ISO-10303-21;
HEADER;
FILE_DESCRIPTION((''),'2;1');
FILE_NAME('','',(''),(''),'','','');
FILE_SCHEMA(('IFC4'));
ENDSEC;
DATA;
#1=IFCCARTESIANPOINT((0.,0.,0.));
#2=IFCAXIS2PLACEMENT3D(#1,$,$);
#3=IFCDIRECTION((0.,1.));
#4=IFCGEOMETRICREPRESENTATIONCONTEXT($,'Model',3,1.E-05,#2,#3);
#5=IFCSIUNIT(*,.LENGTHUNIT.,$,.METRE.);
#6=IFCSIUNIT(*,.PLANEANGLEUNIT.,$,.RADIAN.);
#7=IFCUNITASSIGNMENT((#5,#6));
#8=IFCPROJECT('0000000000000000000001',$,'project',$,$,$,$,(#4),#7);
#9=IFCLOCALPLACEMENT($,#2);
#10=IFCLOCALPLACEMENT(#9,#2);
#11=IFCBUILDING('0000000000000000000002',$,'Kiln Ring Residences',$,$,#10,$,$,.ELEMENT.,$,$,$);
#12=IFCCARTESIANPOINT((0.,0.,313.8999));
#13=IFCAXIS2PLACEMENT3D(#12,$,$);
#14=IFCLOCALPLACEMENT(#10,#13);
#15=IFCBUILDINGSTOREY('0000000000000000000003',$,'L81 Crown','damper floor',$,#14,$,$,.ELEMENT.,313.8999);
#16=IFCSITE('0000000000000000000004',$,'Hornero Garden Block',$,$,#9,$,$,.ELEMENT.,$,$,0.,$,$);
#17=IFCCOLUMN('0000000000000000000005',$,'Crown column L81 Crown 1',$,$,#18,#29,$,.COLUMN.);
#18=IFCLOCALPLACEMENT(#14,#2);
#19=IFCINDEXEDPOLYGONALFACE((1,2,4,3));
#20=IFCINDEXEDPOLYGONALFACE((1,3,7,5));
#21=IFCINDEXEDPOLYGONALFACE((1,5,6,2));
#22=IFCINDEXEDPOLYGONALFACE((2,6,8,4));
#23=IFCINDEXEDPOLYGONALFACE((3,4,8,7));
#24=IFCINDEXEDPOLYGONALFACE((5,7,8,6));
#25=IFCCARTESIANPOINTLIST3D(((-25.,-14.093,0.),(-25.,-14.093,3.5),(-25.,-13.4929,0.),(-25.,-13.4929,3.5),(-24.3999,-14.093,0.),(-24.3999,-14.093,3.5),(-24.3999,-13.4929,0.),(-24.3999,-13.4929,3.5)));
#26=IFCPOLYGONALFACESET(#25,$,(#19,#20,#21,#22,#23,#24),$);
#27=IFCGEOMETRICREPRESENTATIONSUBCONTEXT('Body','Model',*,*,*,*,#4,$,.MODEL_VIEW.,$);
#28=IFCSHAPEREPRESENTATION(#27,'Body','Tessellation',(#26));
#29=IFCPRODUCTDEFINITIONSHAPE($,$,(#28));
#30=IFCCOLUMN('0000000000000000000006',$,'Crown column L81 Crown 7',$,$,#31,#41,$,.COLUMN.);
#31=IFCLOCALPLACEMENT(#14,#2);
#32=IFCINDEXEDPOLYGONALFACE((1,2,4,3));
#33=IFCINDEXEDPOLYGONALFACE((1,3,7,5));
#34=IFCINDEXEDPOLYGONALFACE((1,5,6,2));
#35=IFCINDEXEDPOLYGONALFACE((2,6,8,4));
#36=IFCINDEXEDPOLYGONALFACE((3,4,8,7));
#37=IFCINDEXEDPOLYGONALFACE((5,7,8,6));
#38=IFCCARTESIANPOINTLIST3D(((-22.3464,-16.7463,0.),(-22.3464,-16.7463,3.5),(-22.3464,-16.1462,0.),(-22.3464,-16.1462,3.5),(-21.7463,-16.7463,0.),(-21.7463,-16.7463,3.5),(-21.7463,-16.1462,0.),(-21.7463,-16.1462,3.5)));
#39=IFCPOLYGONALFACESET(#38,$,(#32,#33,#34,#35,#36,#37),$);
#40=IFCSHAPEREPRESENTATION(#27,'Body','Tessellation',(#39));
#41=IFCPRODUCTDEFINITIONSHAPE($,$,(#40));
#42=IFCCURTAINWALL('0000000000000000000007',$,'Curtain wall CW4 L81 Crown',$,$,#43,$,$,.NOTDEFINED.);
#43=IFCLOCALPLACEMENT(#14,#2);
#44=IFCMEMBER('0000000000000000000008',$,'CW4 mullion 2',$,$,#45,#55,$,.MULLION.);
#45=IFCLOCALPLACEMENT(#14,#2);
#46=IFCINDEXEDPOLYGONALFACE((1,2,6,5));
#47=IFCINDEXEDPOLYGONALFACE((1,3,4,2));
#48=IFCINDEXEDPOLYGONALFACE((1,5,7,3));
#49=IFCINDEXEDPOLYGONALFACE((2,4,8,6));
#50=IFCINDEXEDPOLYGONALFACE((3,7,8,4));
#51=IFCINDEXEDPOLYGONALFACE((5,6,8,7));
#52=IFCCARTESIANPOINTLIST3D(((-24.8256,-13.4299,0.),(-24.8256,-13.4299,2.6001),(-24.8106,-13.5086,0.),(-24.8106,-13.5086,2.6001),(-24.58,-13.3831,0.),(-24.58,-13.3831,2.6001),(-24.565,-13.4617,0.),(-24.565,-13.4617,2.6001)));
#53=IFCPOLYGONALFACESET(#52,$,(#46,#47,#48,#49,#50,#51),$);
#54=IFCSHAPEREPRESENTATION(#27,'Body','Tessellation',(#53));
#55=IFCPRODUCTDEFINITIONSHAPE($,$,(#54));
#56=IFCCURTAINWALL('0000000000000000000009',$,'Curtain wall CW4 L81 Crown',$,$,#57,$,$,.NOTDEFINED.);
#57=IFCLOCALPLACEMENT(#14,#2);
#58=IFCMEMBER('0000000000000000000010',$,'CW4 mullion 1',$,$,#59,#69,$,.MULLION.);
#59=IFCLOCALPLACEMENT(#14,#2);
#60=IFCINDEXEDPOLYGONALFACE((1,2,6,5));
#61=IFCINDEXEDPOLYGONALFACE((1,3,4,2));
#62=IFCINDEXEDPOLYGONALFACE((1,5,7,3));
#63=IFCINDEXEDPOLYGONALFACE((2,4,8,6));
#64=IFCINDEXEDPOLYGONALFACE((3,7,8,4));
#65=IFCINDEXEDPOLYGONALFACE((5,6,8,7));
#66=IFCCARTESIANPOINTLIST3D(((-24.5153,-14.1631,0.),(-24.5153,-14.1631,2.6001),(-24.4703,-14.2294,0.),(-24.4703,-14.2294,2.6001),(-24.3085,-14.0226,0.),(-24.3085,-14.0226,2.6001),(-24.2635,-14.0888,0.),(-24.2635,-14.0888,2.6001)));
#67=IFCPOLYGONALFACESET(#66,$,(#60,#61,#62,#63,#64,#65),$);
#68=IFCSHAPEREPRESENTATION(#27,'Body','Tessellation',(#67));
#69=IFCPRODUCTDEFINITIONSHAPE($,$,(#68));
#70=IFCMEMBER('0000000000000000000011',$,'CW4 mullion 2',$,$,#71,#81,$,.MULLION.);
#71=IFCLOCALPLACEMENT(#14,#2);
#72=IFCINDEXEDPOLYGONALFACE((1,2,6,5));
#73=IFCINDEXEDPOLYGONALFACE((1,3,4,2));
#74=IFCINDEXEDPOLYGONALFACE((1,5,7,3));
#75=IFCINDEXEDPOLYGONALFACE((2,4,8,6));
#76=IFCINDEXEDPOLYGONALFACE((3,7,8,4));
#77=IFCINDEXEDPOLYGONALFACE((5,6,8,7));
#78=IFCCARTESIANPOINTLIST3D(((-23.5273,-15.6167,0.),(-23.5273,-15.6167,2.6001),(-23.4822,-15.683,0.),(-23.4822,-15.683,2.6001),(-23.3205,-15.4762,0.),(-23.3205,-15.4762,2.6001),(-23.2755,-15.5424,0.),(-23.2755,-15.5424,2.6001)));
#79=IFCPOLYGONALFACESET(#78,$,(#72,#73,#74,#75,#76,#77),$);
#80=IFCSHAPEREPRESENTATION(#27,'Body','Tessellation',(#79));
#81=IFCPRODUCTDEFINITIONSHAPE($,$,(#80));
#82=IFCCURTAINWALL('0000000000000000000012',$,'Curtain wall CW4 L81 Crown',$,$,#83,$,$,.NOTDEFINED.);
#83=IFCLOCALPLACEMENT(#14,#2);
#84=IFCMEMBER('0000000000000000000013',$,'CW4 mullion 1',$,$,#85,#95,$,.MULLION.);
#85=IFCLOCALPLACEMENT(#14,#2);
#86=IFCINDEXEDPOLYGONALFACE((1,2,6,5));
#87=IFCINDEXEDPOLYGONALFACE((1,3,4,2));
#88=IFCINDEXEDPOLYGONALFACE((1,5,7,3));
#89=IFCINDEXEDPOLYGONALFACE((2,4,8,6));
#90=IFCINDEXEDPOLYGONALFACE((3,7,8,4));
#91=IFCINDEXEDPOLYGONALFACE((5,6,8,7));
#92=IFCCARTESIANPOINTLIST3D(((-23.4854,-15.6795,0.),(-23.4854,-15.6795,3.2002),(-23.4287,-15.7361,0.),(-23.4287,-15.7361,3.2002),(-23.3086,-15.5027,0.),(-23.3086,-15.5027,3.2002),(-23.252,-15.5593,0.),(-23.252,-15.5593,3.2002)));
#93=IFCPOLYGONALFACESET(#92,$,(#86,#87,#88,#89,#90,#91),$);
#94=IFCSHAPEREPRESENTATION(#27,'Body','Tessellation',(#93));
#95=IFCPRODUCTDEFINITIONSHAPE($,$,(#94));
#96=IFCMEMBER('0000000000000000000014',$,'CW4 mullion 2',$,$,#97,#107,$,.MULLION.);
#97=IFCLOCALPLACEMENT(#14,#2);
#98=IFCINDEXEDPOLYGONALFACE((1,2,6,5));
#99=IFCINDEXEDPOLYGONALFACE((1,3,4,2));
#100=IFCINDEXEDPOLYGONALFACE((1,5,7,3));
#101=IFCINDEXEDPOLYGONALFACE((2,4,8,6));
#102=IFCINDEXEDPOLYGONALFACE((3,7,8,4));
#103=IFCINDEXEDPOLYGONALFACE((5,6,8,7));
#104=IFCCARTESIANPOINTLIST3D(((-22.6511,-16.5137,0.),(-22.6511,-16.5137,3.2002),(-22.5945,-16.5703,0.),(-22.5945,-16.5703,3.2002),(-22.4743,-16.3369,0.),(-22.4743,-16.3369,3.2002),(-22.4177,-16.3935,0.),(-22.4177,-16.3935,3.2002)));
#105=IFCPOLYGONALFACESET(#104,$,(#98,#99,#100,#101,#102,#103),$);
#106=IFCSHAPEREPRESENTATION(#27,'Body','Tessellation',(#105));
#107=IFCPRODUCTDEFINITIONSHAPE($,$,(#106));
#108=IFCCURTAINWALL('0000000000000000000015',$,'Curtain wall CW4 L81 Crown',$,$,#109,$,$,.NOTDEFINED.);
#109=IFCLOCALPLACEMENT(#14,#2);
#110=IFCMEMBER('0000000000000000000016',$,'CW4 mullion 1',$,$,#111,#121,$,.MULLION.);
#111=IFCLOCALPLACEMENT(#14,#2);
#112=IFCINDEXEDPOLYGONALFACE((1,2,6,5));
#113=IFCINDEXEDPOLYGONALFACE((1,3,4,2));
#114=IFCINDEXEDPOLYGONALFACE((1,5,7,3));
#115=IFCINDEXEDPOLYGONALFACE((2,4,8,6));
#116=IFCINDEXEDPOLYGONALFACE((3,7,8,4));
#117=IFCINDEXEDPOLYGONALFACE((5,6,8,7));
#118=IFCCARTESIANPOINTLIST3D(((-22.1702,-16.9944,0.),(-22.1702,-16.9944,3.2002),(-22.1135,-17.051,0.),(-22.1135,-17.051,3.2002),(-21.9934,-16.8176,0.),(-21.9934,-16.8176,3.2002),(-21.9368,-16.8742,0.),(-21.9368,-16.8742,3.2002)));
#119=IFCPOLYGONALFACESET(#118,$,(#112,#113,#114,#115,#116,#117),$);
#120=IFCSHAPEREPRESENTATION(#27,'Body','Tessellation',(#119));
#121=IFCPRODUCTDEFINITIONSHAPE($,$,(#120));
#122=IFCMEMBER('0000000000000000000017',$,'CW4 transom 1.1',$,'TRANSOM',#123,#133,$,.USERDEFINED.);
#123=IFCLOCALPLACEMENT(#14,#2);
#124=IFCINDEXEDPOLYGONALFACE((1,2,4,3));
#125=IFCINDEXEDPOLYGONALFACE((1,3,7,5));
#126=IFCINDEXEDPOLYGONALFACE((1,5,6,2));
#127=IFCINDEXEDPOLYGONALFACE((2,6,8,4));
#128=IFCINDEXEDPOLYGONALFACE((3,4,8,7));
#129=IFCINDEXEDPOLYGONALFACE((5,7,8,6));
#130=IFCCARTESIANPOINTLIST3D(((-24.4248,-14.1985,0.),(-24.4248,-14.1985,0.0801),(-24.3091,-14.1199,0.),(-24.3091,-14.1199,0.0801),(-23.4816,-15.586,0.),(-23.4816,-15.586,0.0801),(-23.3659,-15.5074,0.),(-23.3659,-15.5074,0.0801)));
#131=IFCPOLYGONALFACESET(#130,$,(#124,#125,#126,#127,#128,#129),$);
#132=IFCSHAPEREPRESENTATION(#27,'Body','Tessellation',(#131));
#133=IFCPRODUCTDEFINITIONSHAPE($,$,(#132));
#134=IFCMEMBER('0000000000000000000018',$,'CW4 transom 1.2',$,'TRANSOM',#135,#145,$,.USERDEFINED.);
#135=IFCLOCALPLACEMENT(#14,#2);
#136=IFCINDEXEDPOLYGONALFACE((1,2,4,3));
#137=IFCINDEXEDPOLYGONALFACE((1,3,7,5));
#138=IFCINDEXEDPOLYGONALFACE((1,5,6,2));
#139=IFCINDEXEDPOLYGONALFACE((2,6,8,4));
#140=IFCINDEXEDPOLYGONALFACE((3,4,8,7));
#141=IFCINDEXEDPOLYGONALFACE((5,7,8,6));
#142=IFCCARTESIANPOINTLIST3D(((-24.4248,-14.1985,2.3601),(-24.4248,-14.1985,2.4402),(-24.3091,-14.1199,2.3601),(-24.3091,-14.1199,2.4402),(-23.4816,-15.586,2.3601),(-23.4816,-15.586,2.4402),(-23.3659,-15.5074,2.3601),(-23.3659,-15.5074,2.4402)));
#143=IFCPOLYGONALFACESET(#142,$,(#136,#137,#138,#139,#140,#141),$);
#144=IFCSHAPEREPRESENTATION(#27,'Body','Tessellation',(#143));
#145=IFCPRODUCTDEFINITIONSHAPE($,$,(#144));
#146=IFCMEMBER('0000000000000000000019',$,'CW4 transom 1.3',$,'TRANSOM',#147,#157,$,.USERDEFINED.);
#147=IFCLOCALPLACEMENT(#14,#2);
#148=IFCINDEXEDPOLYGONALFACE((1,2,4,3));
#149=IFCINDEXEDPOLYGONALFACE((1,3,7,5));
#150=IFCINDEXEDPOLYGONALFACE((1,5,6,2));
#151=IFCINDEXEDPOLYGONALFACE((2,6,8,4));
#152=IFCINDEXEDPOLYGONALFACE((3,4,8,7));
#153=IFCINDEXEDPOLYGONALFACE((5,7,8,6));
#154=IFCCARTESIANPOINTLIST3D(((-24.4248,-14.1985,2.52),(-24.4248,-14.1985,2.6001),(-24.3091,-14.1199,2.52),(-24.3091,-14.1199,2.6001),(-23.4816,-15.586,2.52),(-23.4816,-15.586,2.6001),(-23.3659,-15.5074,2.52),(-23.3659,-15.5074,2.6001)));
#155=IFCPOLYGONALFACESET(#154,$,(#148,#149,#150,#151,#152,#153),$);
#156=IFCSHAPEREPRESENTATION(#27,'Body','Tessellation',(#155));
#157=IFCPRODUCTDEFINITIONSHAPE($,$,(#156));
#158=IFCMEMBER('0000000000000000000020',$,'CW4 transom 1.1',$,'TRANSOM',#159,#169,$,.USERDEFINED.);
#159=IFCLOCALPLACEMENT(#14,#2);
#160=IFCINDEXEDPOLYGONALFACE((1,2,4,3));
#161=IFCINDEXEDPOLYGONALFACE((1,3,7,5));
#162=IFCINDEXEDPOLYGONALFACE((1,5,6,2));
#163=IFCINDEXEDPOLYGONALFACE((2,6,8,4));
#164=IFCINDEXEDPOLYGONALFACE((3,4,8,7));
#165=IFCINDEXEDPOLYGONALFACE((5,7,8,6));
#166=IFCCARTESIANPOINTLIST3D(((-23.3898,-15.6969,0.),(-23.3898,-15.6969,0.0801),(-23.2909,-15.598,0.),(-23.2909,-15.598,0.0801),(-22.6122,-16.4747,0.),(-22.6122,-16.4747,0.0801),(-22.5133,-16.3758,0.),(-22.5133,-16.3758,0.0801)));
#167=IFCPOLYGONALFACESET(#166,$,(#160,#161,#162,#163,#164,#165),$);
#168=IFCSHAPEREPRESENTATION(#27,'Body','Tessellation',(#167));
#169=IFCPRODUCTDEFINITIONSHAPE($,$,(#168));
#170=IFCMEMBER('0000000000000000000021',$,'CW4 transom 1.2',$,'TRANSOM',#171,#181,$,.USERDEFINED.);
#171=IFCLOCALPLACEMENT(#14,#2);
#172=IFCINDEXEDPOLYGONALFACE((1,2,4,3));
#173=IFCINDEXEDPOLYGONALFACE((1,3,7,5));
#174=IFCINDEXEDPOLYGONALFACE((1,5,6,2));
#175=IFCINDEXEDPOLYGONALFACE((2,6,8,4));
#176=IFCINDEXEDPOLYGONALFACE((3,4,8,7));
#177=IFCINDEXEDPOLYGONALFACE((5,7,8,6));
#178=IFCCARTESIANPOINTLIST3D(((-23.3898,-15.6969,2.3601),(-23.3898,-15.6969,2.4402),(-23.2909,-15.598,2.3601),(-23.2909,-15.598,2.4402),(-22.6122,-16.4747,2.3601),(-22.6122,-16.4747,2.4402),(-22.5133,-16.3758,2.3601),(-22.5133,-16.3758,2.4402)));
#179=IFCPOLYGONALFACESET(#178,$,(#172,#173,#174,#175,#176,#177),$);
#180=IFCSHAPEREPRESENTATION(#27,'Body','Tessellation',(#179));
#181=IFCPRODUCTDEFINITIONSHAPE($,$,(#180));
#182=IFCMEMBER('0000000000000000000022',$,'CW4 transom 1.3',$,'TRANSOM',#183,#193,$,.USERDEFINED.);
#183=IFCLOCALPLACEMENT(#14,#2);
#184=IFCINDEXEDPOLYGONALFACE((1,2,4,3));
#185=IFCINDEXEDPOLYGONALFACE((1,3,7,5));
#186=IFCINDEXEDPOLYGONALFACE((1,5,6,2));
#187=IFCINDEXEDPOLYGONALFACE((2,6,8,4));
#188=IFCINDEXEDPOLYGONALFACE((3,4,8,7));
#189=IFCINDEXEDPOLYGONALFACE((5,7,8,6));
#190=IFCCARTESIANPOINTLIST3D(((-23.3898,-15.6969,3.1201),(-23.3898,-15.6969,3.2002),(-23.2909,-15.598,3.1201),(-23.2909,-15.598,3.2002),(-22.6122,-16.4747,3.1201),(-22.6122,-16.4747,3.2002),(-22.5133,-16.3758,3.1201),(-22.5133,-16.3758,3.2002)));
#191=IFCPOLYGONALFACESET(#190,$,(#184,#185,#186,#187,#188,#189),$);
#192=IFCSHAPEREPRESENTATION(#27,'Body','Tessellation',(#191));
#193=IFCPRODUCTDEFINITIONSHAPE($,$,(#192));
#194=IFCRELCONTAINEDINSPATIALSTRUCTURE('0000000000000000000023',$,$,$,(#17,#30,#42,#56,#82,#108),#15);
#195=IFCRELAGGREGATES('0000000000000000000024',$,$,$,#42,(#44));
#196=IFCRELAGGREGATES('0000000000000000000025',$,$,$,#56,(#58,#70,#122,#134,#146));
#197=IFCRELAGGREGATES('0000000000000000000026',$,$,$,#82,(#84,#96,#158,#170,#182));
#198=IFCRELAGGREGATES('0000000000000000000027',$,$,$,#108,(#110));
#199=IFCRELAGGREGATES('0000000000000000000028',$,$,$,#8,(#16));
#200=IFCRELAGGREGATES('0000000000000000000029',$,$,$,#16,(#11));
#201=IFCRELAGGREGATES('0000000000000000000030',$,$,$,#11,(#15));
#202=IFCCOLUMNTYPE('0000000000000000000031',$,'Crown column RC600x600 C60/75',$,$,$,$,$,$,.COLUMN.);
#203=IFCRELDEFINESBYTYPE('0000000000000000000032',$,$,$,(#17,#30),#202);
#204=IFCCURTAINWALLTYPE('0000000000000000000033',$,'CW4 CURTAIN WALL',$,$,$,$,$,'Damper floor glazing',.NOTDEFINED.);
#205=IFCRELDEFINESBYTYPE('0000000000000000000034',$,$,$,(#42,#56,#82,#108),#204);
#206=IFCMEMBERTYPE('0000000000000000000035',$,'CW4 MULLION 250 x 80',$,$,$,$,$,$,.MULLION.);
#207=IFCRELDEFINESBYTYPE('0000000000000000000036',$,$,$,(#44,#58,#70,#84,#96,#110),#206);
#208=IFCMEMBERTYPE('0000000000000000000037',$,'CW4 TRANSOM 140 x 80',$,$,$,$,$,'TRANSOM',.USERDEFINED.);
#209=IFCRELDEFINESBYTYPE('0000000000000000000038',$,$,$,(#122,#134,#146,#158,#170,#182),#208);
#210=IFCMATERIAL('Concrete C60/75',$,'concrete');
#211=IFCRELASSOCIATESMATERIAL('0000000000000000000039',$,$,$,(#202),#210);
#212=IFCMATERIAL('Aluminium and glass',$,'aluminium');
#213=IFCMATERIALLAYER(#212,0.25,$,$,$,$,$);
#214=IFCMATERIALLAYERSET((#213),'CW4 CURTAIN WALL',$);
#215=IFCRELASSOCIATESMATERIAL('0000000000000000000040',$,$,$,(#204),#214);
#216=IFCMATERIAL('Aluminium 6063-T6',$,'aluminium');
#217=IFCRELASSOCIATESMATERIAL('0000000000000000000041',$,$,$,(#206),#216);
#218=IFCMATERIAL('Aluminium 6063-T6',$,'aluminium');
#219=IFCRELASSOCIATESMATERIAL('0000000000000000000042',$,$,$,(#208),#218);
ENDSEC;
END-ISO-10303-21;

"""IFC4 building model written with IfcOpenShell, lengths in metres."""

from ifc_helpers import new_model, si_unit, direction, frame, origin, origin_2d, place, context, subcontext, project, spatial, rectangle, extrude, material, layer, layer_set, material_profile, profile_set, type_object, element, aggregate, save


model = new_model("IFC4")

# Units and contexts
model_context = context("Model", 3, precision=1e-05, world=origin(), true_north=direction((0.0, 1.0)))
body_context = subcontext(model_context, "Body", "Model", "MODEL_VIEW")
ifc_project = project(units=[si_unit("LENGTHUNIT", "METRE"), si_unit("PLANEANGLEUNIT", "RADIAN")], contexts=[model_context])

# Site, building, storey
site_placement = place(None, origin())
site = spatial("IfcSite", under=ifc_project, at=site_placement, Name="Hornero Garden Block", CompositionType="ELEMENT", RefElevation=0.0)
building_placement = place(site_placement, origin())
building = spatial("IfcBuilding", under=site, at=building_placement, Name="Kiln Ring Residences", CompositionType="ELEMENT")
storey_placement = place(building_placement, frame((0.0, 0.0, 313.8999)))
storey = spatial("IfcBuildingStorey", under=building, at=storey_placement, Name="L81 Crown", Description="damper floor", CompositionType="ELEMENT", Elevation=313.8999)

# Columns
ifc_material_1 = material(Name="Concrete C60/75", Category="concrete")
ifc_material_profile_1 = material_profile(ifc_material_1, rectangle(XDim=0.6001, YDim=0.6001, at=origin_2d()), Name="RC600x600")
ifc_profile_set_1 = profile_set([ifc_material_profile_1], Name="Concrete C60/75")
column_type = type_object("IfcColumnType", Name="Crown column RC600x600 C60/75", PredefinedType="COLUMN", material=ifc_profile_set_1)
for number, where, z_axis, x_axis, name in (
    (1, (-24.7, -13.793, 0.0), (0.0, 0.0, 1.0), (1.0, 0.0, 0.0), "Crown column L81 Crown 1"),
    (2, (-22.0464, -16.4463, 0.0), (0.0, 0.0, 1.0), (1.0, 0.0, 0.0), "Crown column L81 Crown 7"),
):
    element("IfcColumn", number, at=place(storey_placement, frame(where, z_axis=z_axis, x_axis=x_axis)), inside=storey, type_object=column_type, Name=name, PredefinedType="COLUMN", context=body_context, shape_type="SweptSolid", body=[
        extrude(rectangle(XDim=0.6001, YDim=0.6001, at=origin_2d()), origin(), (0.0, 0.0, 1.0), 3.5),
    ])

# Curtain wall, member
ifc_material_2 = material(Name="Aluminium and glass", Category="aluminium")
ifc_layer_1 = layer(ifc_material_2, 0.25)
ifc_layer_set_1 = layer_set([ifc_layer_1], Name="CW4 CURTAIN WALL")
curtain_wall_type = type_object("IfcCurtainWallType", Name="CW4 CURTAIN WALL", ElementType="Damper floor glazing", PredefinedType="NOTDEFINED", material=ifc_layer_set_1)
placement = place(storey_placement, origin())
curtain_wall_1 = element("IfcCurtainWall", 3, at=placement, inside=storey, type_object=curtain_wall_type, Name="Curtain wall CW4 L81 Crown", PredefinedType="NOTDEFINED")
ifc_material_3 = material(Name="Aluminium 6063-T6", Category="aluminium")
ifc_material_profile_2 = material_profile(ifc_material_3, rectangle(XDim=0.25, YDim=0.0801, at=origin_2d()), Name="AL 250x80")
ifc_profile_set_2 = profile_set([ifc_material_profile_2], Name="Aluminium 6063-T6")
member_type_1 = type_object("IfcMemberType", Name="CW4 MULLION 250 x 80", PredefinedType="MULLION", material=ifc_profile_set_2)
member_1_placement = place(storey_placement, frame((-24.6953, -13.4458, 0.0), z_axis=(0.0, 0.0, 1.0), x_axis=(0.98229, 0.187366, 0.0)))
member_1 = element("IfcMember", 4, at=member_1_placement, type_object=member_type_1, Name="CW4 mullion 2", PredefinedType="MULLION", context=body_context, shape_type="SweptSolid", body=[
    extrude(rectangle(XDim=0.25, YDim=0.0801, at=origin_2d()), origin(), (0.0, 0.0, 1.0), 2.6001),
])
aggregate(curtain_wall_1, [member_1])

# Curtain walls, members
curtain_wall_2 = element("IfcCurtainWall", 5, at=placement, inside=storey, type_object=curtain_wall_type, Name="Curtain wall CW4 L81 Crown", PredefinedType="NOTDEFINED")
member_2_placement = place(storey_placement, frame((-24.3894, -14.126, 0.0), z_axis=(0.0, 0.0, 1.0), x_axis=(0.827072, 0.562097, 0.0)))
member_2 = element("IfcMember", 6, at=member_2_placement, type_object=member_type_1, Name="CW4 mullion 1", PredefinedType="MULLION", context=body_context, shape_type="SweptSolid", body=[
    extrude(rectangle(XDim=0.25, YDim=0.0801, at=origin_2d()), origin(), (0.0, 0.0, 1.0), 2.6001),
])
member_3_placement = place(storey_placement, frame((-23.4014, -15.5796, 0.0), z_axis=(0.0, 0.0, 1.0), x_axis=(0.827072, 0.562097, 0.0)))
member_3 = element("IfcMember", 7, at=member_3_placement, type_object=member_type_1, Name="CW4 mullion 2", PredefinedType="MULLION", context=body_context, shape_type="SweptSolid", body=[
    extrude(rectangle(XDim=0.25, YDim=0.0801, at=origin_2d()), origin(), (0.0, 0.0, 1.0), 2.6001),
])
curtain_wall_3 = element("IfcCurtainWall", 8, at=placement, inside=storey, type_object=curtain_wall_type, Name="Curtain wall CW4 L81 Crown", PredefinedType="NOTDEFINED")
member_4_placement = place(storey_placement, frame((-23.3687, -15.6194, 0.0), z_axis=(0.0, 0.0, 1.0), x_axis=(0.707107, 0.707107, 0.0)))
member_4 = element("IfcMember", 9, at=member_4_placement, type_object=member_type_1, Name="CW4 mullion 1", PredefinedType="MULLION", context=body_context, shape_type="SweptSolid", body=[
    extrude(rectangle(XDim=0.25, YDim=0.0801, at=origin_2d()), origin(), (0.0, 0.0, 1.0), 3.2002),
])
member_5_placement = place(storey_placement, frame((-22.5344, -16.4536, 0.0), z_axis=(0.0, 0.0, 1.0), x_axis=(0.707107, 0.707107, 0.0)))
member_5 = element("IfcMember", 10, at=member_5_placement, type_object=member_type_1, Name="CW4 mullion 2", PredefinedType="MULLION", context=body_context, shape_type="SweptSolid", body=[
    extrude(rectangle(XDim=0.25, YDim=0.0801, at=origin_2d()), origin(), (0.0, 0.0, 1.0), 3.2002),
])

# Curtain wall, member
curtain_wall_4 = element("IfcCurtainWall", 11, at=placement, inside=storey, type_object=curtain_wall_type, Name="Curtain wall CW4 L81 Crown", PredefinedType="NOTDEFINED")
member_6_placement = place(storey_placement, frame((-22.0535, -16.9343, 0.0), z_axis=(0.0, 0.0, 1.0), x_axis=(0.707107, 0.707107, 0.0)))
member_6 = element("IfcMember", 12, at=member_6_placement, type_object=member_type_1, Name="CW4 mullion 1", PredefinedType="MULLION", context=body_context, shape_type="SweptSolid", body=[
    extrude(rectangle(XDim=0.25, YDim=0.0801, at=origin_2d()), origin(), (0.0, 0.0, 1.0), 3.2002),
])

# Members
ifc_material_4 = material(Name="Aluminium 6063-T6", Category="aluminium")
ifc_material_profile_3 = material_profile(ifc_material_4, rectangle(XDim=0.1399, YDim=0.0801, at=origin_2d()), Name="AL 140x80")
ifc_profile_set_3 = profile_set([ifc_material_profile_3], Name="Aluminium 6063-T6")
member_type_2 = type_object("IfcMemberType", Name="CW4 TRANSOM 140 x 80", ElementType="TRANSOM", PredefinedType="USERDEFINED", material=ifc_profile_set_3)
member_7_placement = place(storey_placement, frame((-24.3669, -14.1592, 0.04), z_axis=(0.562167, -0.827024, 0.0), x_axis=(0.827024, 0.562167, 0.0)))
member_7 = element("IfcMember", 13, at=member_7_placement, type_object=member_type_2, Name="CW4 transom 1.1", ObjectType="TRANSOM", PredefinedType="USERDEFINED", context=body_context, shape_type="SweptSolid", body=[
    extrude(rectangle(XDim=0.1399, YDim=0.0801, at=origin_2d()), origin(), (0.0, 0.0, 1.0), 1.6777),
])
member_8_placement = place(storey_placement, frame((-24.3669, -14.1592, 2.4001), z_axis=(0.562167, -0.827024, 0.0), x_axis=(0.827024, 0.562167, 0.0)))
member_8 = element("IfcMember", 14, at=member_8_placement, type_object=member_type_2, Name="CW4 transom 1.2", ObjectType="TRANSOM", PredefinedType="USERDEFINED", context=body_context, shape_type="SweptSolid", body=[
    extrude(rectangle(XDim=0.1399, YDim=0.0801, at=origin_2d()), origin(), (0.0, 0.0, 1.0), 1.6777),
])
member_9_placement = place(storey_placement, frame((-24.3669, -14.1592, 2.5601), z_axis=(0.562167, -0.827024, 0.0), x_axis=(0.827024, 0.562167, 0.0)))
member_9 = element("IfcMember", 15, at=member_9_placement, type_object=member_type_2, Name="CW4 transom 1.3", ObjectType="TRANSOM", PredefinedType="USERDEFINED", context=body_context, shape_type="SweptSolid", body=[
    extrude(rectangle(XDim=0.1399, YDim=0.0801, at=origin_2d()), origin(), (0.0, 0.0, 1.0), 1.6777),
])
member_10_placement = place(storey_placement, frame((-23.3403, -15.6475, 0.04), z_axis=(0.706996, -0.707218, 0.0), x_axis=(0.707218, 0.706996, 0.0)))
member_10 = element("IfcMember", 16, at=member_10_placement, type_object=member_type_2, Name="CW4 transom 1.1", ObjectType="TRANSOM", PredefinedType="USERDEFINED", context=body_context, shape_type="SweptSolid", body=[
    extrude(rectangle(XDim=0.1399, YDim=0.0801, at=origin_2d()), origin(), (0.0, 0.0, 1.0), 1.0999),
])
member_11_placement = place(storey_placement, frame((-23.3403, -15.6475, 2.4001), z_axis=(0.706996, -0.707218, 0.0), x_axis=(0.707218, 0.706996, 0.0)))
member_11 = element("IfcMember", 17, at=member_11_placement, type_object=member_type_2, Name="CW4 transom 1.2", ObjectType="TRANSOM", PredefinedType="USERDEFINED", context=body_context, shape_type="SweptSolid", body=[
    extrude(rectangle(XDim=0.1399, YDim=0.0801, at=origin_2d()), origin(), (0.0, 0.0, 1.0), 1.0999),
])
member_12_placement = place(storey_placement, frame((-23.3403, -15.6475, 3.1602), z_axis=(0.706996, -0.707218, 0.0), x_axis=(0.707218, 0.706996, 0.0)))
member_12 = element("IfcMember", 18, at=member_12_placement, type_object=member_type_2, Name="CW4 transom 1.3", ObjectType="TRANSOM", PredefinedType="USERDEFINED", context=body_context, shape_type="SweptSolid", body=[
    extrude(rectangle(XDim=0.1399, YDim=0.0801, at=origin_2d()), origin(), (0.0, 0.0, 1.0), 1.0999),
])

aggregate(curtain_wall_2, [member_2, member_3, member_7, member_8, member_9])
aggregate(curtain_wall_3, [member_4, member_5, member_10, member_11, member_12])
aggregate(curtain_wall_4, [member_6])

save(model, "model.ifc")
